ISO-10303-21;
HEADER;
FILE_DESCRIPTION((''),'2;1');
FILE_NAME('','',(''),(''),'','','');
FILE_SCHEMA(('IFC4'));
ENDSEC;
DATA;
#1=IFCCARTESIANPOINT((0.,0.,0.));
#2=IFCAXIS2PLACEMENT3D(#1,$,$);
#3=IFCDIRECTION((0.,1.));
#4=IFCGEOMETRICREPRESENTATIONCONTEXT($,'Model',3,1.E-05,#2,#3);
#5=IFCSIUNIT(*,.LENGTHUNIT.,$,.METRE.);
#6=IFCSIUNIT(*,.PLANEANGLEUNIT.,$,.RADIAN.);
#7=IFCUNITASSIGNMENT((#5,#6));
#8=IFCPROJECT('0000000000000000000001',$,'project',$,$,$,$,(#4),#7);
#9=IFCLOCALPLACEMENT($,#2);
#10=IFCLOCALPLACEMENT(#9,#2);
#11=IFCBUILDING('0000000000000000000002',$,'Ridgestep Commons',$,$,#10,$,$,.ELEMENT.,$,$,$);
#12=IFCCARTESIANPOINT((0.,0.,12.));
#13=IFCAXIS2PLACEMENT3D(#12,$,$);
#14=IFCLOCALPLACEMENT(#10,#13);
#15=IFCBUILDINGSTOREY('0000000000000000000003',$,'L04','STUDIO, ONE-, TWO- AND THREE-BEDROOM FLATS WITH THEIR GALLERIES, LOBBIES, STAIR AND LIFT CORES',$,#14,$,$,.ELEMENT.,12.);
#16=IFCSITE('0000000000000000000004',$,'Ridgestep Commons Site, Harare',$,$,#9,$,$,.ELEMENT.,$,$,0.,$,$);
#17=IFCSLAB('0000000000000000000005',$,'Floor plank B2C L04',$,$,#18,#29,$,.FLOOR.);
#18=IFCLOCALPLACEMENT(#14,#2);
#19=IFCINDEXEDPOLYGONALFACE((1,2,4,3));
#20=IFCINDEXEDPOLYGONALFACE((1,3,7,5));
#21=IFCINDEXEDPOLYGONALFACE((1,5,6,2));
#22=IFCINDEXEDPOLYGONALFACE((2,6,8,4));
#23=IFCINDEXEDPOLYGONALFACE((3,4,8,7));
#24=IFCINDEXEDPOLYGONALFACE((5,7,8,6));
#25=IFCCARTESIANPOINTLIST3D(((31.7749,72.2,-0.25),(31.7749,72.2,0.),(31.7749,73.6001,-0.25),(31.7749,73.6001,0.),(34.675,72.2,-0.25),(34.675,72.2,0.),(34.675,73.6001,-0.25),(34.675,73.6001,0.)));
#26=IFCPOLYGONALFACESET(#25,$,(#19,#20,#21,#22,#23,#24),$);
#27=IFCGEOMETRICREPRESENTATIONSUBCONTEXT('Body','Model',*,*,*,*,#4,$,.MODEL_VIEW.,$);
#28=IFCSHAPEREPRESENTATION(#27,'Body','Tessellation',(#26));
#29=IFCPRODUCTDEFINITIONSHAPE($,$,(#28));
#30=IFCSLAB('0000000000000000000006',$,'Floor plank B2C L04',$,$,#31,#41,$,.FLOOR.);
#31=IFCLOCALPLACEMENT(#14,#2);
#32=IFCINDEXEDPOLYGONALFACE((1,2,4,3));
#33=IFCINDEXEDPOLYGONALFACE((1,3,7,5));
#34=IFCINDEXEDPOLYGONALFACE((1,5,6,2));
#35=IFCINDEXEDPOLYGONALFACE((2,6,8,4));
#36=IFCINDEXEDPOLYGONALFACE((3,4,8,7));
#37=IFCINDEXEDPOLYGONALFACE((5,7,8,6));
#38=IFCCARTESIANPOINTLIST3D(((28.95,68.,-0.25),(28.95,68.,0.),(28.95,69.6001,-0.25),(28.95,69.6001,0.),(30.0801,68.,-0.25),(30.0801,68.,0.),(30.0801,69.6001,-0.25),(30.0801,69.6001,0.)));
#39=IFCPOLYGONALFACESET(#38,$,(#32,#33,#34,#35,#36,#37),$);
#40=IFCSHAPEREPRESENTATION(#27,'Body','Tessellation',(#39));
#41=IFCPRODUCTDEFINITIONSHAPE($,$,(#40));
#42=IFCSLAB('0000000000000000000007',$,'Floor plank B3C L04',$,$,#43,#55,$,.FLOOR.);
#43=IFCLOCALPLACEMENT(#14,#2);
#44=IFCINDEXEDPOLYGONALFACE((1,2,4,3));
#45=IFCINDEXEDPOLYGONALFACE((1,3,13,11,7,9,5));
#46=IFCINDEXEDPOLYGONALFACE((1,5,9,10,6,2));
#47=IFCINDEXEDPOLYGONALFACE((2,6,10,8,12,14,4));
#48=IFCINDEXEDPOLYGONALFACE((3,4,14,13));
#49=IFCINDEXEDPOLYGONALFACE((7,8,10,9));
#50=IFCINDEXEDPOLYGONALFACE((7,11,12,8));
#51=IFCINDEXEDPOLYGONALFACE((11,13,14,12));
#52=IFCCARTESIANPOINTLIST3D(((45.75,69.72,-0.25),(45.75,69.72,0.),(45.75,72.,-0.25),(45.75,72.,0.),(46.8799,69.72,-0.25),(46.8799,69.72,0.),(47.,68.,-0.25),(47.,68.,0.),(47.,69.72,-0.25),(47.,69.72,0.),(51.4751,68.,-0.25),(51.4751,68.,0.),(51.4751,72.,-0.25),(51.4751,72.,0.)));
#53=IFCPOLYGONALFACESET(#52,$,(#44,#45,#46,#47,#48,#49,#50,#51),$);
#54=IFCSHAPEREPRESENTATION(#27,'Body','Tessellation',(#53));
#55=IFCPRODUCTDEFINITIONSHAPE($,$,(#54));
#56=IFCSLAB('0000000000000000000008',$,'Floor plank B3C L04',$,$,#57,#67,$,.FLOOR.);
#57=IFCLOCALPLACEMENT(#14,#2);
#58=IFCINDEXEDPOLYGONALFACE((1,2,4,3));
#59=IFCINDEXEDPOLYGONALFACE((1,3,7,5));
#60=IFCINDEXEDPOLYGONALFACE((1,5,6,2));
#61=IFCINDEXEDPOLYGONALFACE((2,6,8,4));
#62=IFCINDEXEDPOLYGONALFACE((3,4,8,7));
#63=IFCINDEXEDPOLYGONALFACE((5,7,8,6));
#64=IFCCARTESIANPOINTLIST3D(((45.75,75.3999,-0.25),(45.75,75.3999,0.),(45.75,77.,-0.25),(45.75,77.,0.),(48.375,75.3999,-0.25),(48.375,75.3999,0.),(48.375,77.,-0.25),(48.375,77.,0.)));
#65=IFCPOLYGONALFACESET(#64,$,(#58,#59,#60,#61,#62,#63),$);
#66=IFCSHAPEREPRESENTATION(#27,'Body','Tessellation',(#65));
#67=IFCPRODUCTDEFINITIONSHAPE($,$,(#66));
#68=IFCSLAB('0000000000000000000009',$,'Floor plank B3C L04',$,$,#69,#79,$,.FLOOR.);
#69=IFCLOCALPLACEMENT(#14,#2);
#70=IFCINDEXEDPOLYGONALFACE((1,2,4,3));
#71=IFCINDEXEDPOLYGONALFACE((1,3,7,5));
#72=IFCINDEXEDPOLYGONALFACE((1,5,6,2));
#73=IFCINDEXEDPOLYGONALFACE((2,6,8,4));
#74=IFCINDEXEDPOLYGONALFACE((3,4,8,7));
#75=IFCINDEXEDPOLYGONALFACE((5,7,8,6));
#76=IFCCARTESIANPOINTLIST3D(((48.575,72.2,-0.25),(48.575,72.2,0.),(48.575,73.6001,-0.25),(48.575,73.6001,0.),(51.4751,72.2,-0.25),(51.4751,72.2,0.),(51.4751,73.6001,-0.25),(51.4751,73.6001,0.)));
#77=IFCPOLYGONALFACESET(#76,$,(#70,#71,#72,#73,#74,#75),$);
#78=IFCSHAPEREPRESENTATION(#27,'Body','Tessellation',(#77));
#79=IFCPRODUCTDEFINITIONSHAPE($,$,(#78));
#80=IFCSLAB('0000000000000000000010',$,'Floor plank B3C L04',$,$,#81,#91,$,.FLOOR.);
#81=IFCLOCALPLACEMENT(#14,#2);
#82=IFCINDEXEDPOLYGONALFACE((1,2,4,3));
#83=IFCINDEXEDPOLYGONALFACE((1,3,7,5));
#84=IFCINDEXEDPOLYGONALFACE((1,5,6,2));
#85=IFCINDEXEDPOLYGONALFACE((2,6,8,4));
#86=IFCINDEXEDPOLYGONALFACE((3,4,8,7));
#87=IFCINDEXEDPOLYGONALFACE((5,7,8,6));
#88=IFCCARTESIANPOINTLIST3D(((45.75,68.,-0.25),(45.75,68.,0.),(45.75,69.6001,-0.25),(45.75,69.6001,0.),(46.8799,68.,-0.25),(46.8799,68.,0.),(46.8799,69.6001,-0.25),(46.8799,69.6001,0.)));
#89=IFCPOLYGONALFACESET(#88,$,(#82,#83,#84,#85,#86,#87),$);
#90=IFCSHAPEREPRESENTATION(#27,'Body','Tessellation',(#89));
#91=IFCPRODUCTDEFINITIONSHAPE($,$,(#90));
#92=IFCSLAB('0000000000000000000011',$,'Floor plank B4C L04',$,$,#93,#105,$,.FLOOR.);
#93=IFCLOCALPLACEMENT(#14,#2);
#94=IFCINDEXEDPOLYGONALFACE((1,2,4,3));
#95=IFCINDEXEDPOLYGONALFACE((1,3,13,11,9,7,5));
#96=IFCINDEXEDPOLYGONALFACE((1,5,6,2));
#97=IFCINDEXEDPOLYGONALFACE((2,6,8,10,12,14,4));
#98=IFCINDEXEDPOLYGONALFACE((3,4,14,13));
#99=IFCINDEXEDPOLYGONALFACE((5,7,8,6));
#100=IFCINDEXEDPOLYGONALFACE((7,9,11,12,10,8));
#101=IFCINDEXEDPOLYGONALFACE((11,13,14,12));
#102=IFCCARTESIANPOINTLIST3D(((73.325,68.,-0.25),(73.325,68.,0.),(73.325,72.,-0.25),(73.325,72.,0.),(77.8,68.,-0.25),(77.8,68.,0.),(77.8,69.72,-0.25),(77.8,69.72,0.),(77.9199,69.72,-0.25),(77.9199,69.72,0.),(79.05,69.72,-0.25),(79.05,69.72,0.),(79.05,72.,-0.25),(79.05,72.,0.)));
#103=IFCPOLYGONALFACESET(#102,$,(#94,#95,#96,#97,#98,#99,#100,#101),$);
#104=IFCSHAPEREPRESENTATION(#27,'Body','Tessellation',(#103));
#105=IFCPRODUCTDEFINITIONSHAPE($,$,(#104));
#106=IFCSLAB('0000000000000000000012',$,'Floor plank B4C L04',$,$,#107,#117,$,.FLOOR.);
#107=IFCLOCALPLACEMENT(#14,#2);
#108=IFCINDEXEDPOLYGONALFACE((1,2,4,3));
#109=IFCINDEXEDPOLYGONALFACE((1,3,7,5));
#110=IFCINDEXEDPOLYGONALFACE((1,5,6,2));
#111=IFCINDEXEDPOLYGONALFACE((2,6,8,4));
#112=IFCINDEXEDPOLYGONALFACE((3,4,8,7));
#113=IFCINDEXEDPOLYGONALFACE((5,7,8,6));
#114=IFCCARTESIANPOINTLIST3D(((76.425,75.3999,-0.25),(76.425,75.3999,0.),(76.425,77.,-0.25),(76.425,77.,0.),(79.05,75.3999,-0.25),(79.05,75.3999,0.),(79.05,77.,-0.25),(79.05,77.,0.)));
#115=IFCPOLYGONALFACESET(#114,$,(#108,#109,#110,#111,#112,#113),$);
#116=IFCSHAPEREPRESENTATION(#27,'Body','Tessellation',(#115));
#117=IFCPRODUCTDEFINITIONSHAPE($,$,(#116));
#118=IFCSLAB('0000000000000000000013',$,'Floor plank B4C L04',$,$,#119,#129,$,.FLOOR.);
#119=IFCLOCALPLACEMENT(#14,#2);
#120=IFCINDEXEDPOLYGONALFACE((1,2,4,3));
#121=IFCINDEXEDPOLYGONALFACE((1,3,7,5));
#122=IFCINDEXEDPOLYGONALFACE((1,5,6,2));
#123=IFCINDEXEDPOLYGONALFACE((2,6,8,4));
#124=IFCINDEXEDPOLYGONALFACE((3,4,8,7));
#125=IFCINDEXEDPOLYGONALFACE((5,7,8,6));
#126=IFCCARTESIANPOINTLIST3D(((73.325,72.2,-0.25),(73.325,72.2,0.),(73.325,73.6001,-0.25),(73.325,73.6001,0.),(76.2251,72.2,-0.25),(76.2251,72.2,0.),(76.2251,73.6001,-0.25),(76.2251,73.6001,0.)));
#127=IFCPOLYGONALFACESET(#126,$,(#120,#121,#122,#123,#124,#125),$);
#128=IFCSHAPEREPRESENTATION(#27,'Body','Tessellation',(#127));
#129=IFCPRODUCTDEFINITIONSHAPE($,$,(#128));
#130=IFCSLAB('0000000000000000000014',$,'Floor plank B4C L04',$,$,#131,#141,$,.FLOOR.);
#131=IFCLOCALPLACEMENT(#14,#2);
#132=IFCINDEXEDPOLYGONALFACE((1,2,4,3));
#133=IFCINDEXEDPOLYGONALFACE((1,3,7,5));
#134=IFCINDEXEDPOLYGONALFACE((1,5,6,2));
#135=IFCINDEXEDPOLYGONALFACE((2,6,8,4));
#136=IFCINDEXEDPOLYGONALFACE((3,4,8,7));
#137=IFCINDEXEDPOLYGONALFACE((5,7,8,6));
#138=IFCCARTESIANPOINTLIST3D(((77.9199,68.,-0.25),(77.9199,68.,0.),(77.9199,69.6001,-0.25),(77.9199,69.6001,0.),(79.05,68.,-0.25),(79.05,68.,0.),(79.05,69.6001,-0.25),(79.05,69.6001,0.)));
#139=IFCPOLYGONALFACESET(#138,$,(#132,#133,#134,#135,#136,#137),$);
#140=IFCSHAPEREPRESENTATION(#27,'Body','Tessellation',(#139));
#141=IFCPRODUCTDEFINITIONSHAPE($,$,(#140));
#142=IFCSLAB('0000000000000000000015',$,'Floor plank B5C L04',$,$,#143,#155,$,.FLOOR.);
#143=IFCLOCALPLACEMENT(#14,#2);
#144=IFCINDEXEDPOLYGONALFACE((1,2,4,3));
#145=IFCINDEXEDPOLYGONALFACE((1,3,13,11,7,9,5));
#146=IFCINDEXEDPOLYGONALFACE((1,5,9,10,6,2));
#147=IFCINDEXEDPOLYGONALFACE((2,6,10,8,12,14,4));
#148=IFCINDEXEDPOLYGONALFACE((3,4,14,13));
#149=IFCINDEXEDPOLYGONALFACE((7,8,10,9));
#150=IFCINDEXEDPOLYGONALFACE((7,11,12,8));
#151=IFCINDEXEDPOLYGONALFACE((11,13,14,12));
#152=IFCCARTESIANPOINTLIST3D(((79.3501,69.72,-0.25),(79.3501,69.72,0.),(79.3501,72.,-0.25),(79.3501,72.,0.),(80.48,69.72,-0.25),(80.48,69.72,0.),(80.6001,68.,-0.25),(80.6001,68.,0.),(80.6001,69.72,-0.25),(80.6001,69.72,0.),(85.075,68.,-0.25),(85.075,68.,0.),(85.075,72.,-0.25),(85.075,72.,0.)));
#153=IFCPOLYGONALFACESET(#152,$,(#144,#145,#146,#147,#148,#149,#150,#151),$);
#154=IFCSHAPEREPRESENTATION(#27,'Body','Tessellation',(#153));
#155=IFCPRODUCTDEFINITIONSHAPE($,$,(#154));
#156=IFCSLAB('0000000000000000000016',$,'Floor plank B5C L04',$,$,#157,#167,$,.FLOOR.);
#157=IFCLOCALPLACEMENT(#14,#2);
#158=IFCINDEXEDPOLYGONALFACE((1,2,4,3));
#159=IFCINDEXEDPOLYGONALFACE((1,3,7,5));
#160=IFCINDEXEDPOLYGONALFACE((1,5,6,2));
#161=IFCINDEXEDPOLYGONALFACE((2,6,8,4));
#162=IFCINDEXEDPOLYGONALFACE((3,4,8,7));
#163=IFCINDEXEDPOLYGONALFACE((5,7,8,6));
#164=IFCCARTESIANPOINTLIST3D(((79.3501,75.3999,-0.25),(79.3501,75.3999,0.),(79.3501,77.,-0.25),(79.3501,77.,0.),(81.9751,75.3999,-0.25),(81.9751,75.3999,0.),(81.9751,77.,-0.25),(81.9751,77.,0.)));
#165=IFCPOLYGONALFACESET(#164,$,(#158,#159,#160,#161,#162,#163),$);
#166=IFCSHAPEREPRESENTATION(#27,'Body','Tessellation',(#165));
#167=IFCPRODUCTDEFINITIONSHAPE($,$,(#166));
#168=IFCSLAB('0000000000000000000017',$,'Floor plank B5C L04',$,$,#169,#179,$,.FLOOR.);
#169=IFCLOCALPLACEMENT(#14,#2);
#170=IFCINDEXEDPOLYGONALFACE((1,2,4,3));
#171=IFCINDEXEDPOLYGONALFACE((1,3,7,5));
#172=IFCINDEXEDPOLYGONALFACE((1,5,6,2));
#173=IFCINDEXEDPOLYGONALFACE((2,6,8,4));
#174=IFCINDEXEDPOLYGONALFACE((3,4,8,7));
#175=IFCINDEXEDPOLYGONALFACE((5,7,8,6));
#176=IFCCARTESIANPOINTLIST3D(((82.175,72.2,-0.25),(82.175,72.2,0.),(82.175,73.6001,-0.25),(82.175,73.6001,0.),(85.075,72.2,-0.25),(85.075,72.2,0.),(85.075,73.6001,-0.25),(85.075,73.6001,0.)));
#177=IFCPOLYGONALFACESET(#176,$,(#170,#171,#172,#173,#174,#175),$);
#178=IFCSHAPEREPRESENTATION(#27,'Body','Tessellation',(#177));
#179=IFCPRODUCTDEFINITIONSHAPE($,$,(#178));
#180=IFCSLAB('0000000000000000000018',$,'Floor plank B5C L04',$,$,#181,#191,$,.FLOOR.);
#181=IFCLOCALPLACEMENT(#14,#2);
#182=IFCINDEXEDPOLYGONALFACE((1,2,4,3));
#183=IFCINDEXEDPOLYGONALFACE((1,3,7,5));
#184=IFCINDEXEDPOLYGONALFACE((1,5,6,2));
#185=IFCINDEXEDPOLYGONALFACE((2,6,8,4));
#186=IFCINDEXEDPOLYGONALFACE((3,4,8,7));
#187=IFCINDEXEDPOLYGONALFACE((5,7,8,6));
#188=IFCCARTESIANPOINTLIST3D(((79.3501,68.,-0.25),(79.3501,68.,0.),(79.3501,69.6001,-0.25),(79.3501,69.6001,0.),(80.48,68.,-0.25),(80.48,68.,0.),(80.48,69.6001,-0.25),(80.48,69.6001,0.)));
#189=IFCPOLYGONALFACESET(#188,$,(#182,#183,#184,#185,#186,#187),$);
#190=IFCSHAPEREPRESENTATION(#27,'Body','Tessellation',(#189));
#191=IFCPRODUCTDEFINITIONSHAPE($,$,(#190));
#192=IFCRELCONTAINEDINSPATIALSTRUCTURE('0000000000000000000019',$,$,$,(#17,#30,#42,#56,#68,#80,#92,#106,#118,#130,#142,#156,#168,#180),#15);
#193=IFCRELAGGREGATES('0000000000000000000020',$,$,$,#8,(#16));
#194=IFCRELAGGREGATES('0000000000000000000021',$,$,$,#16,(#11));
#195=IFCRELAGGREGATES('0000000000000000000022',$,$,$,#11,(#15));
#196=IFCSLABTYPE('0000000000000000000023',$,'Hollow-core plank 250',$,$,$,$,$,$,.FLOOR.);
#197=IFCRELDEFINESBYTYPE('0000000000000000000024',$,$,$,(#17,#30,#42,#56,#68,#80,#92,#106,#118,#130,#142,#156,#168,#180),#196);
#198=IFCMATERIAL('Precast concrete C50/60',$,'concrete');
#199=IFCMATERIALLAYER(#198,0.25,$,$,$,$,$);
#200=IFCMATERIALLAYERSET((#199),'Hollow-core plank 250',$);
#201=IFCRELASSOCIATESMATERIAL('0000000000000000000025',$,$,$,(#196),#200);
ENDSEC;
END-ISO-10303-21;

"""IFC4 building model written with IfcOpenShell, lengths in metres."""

from ifc_helpers import new_model, si_unit, direction, frame, origin, place, context, subcontext, project, spatial, polyline, outline, extrude, material, layer, layer_set, type_object, element, save


model = new_model("IFC4")

# Units and contexts
model_context = context("Model", 3, precision=1e-05, world=origin(), true_north=direction((0.0, 1.0)))
body_context = subcontext(model_context, "Body", "Model", "MODEL_VIEW")
ifc_project = project(units=[si_unit("LENGTHUNIT", "METRE"), si_unit("PLANEANGLEUNIT", "RADIAN")], contexts=[model_context])

# Site, building, storey
site_placement = place(None, origin())
site = spatial("IfcSite", under=ifc_project, at=site_placement, Name="Ridgestep Commons Site, Harare", CompositionType="ELEMENT", RefElevation=0.0)
building_placement = place(site_placement, origin())
building = spatial("IfcBuilding", under=site, at=building_placement, Name="Ridgestep Commons", CompositionType="ELEMENT")
storey_placement = place(building_placement, frame((0.0, 0.0, 12.0)))
storey = spatial("IfcBuildingStorey", under=building, at=storey_placement, Name="L04", Description="STUDIO, ONE-, TWO- AND THREE-BEDROOM FLATS WITH THEIR GALLERIES, LOBBIES, STAIR AND LIFT CORES", CompositionType="ELEMENT", Elevation=12.0)

# Slabs
ifc_material = material(Name="Precast concrete C50/60", Category="concrete")
ifc_layer = layer(ifc_material, 0.25)
ifc_layer_set = layer_set([ifc_layer], Name="Hollow-core plank 250")
slab_type = type_object("IfcSlabType", Name="Hollow-core plank 250", PredefinedType="FLOOR", material=ifc_layer_set)
slab_1_placement = place(storey_placement, frame((0.0, 0.0, -0.25)))
element("IfcSlab", 1, at=slab_1_placement, inside=storey, type_object=slab_type, Name="Floor plank B2C L04", PredefinedType="FLOOR", context=body_context, shape_type="SweptSolid", body=[
    extrude(outline(polyline([(34.675, 72.2), (34.675, 73.6001), (31.7749, 73.6001), (31.7749, 72.2), (34.675, 72.2)])), origin(), (0.0, 0.0, 1.0), 0.25),
])
slab_2_placement = place(storey_placement, frame((0.0, 0.0, -0.25)))
element("IfcSlab", 2, at=slab_2_placement, inside=storey, type_object=slab_type, Name="Floor plank B2C L04", PredefinedType="FLOOR", context=body_context, shape_type="SweptSolid", body=[
    extrude(outline(polyline([(30.0801, 69.6001), (28.95, 69.6001), (28.95, 68.0), (30.0801, 68.0), (30.0801, 69.6001)])), origin(), (0.0, 0.0, 1.0), 0.25),
])
slab_3_placement = place(storey_placement, frame((0.0, 0.0, -0.25)))
element("IfcSlab", 3, at=slab_3_placement, inside=storey, type_object=slab_type, Name="Floor plank B3C L04", PredefinedType="FLOOR", context=body_context, shape_type="SweptSolid", body=[
    extrude(outline(polyline([(47.0, 68.0), (51.4751, 68.0), (51.4751, 72.0), (45.75, 72.0), (45.75, 69.72), (46.8799, 69.72), (47.0, 69.72), (47.0, 68.0)])), origin(), (0.0, 0.0, 1.0), 0.25),
])
slab_4_placement = place(storey_placement, frame((0.0, 0.0, -0.25)))
element("IfcSlab", 4, at=slab_4_placement, inside=storey, type_object=slab_type, Name="Floor plank B3C L04", PredefinedType="FLOOR", context=body_context, shape_type="SweptSolid", body=[
    extrude(outline(polyline([(48.375, 77.0), (45.75, 77.0), (45.75, 75.3999), (48.375, 75.3999), (48.375, 77.0)])), origin(), (0.0, 0.0, 1.0), 0.25),
])
slab_5_placement = place(storey_placement, frame((0.0, 0.0, -0.25)))
element("IfcSlab", 5, at=slab_5_placement, inside=storey, type_object=slab_type, Name="Floor plank B3C L04", PredefinedType="FLOOR", context=body_context, shape_type="SweptSolid", body=[
    extrude(outline(polyline([(51.4751, 72.2), (51.4751, 73.6001), (48.575, 73.6001), (48.575, 72.2), (51.4751, 72.2)])), origin(), (0.0, 0.0, 1.0), 0.25),
])
slab_6_placement = place(storey_placement, frame((0.0, 0.0, -0.25)))
element("IfcSlab", 6, at=slab_6_placement, inside=storey, type_object=slab_type, Name="Floor plank B3C L04", PredefinedType="FLOOR", context=body_context, shape_type="SweptSolid", body=[
    extrude(outline(polyline([(46.8799, 69.6001), (45.75, 69.6001), (45.75, 68.0), (46.8799, 68.0), (46.8799, 69.6001)])), origin(), (0.0, 0.0, 1.0), 0.25),
])
slab_7_placement = place(storey_placement, frame((0.0, 0.0, -0.25)))
element("IfcSlab", 7, at=slab_7_placement, inside=storey, type_object=slab_type, Name="Floor plank B4C L04", PredefinedType="FLOOR", context=body_context, shape_type="SweptSolid", body=[
    extrude(outline(polyline([(77.9199, 69.72), (79.05, 69.72), (79.05, 72.0), (73.325, 72.0), (73.325, 68.0), (77.8, 68.0), (77.8, 69.72), (77.9199, 69.72)])), origin(), (0.0, 0.0, 1.0), 0.25),
])
slab_8_placement = place(storey_placement, frame((0.0, 0.0, -0.25)))
element("IfcSlab", 8, at=slab_8_placement, inside=storey, type_object=slab_type, Name="Floor plank B4C L04", PredefinedType="FLOOR", context=body_context, shape_type="SweptSolid", body=[
    extrude(outline(polyline([(79.05, 75.3999), (79.05, 77.0), (76.425, 77.0), (76.425, 75.3999), (79.05, 75.3999)])), origin(), (0.0, 0.0, 1.0), 0.25),
])
slab_9_placement = place(storey_placement, frame((0.0, 0.0, -0.25)))
element("IfcSlab", 9, at=slab_9_placement, inside=storey, type_object=slab_type, Name="Floor plank B4C L04", PredefinedType="FLOOR", context=body_context, shape_type="SweptSolid", body=[
    extrude(outline(polyline([(76.2251, 72.2), (76.2251, 73.6001), (73.325, 73.6001), (73.325, 72.2), (76.2251, 72.2)])), origin(), (0.0, 0.0, 1.0), 0.25),
])
slab_10_placement = place(storey_placement, frame((0.0, 0.0, -0.25)))
element("IfcSlab", 10, at=slab_10_placement, inside=storey, type_object=slab_type, Name="Floor plank B4C L04", PredefinedType="FLOOR", context=body_context, shape_type="SweptSolid", body=[
    extrude(outline(polyline([(77.9199, 68.0), (79.05, 68.0), (79.05, 69.6001), (77.9199, 69.6001), (77.9199, 68.0)])), origin(), (0.0, 0.0, 1.0), 0.25),
])
slab_11_placement = place(storey_placement, frame((0.0, 0.0, -0.25)))
element("IfcSlab", 11, at=slab_11_placement, inside=storey, type_object=slab_type, Name="Floor plank B5C L04", PredefinedType="FLOOR", context=body_context, shape_type="SweptSolid", body=[
    extrude(outline(polyline([(80.6001, 68.0), (85.075, 68.0), (85.075, 72.0), (79.3501, 72.0), (79.3501, 69.72), (80.48, 69.72), (80.6001, 69.72), (80.6001, 68.0)])), origin(), (0.0, 0.0, 1.0), 0.25),
])
slab_12_placement = place(storey_placement, frame((0.0, 0.0, -0.25)))
element("IfcSlab", 12, at=slab_12_placement, inside=storey, type_object=slab_type, Name="Floor plank B5C L04", PredefinedType="FLOOR", context=body_context, shape_type="SweptSolid", body=[
    extrude(outline(polyline([(81.9751, 77.0), (79.3501, 77.0), (79.3501, 75.3999), (81.9751, 75.3999), (81.9751, 77.0)])), origin(), (0.0, 0.0, 1.0), 0.25),
])
slab_13_placement = place(storey_placement, frame((0.0, 0.0, -0.25)))
element("IfcSlab", 13, at=slab_13_placement, inside=storey, type_object=slab_type, Name="Floor plank B5C L04", PredefinedType="FLOOR", context=body_context, shape_type="SweptSolid", body=[
    extrude(outline(polyline([(85.075, 72.2), (85.075, 73.6001), (82.175, 73.6001), (82.175, 72.2), (85.075, 72.2)])), origin(), (0.0, 0.0, 1.0), 0.25),
])
slab_14_placement = place(storey_placement, frame((0.0, 0.0, -0.25)))
element("IfcSlab", 14, at=slab_14_placement, inside=storey, type_object=slab_type, Name="Floor plank B5C L04", PredefinedType="FLOOR", context=body_context, shape_type="SweptSolid", body=[
    extrude(outline(polyline([(80.48, 69.6001), (79.3501, 69.6001), (79.3501, 68.0), (80.48, 68.0), (80.48, 69.6001)])), origin(), (0.0, 0.0, 1.0), 0.25),
])

save(model, "model.ifc")
